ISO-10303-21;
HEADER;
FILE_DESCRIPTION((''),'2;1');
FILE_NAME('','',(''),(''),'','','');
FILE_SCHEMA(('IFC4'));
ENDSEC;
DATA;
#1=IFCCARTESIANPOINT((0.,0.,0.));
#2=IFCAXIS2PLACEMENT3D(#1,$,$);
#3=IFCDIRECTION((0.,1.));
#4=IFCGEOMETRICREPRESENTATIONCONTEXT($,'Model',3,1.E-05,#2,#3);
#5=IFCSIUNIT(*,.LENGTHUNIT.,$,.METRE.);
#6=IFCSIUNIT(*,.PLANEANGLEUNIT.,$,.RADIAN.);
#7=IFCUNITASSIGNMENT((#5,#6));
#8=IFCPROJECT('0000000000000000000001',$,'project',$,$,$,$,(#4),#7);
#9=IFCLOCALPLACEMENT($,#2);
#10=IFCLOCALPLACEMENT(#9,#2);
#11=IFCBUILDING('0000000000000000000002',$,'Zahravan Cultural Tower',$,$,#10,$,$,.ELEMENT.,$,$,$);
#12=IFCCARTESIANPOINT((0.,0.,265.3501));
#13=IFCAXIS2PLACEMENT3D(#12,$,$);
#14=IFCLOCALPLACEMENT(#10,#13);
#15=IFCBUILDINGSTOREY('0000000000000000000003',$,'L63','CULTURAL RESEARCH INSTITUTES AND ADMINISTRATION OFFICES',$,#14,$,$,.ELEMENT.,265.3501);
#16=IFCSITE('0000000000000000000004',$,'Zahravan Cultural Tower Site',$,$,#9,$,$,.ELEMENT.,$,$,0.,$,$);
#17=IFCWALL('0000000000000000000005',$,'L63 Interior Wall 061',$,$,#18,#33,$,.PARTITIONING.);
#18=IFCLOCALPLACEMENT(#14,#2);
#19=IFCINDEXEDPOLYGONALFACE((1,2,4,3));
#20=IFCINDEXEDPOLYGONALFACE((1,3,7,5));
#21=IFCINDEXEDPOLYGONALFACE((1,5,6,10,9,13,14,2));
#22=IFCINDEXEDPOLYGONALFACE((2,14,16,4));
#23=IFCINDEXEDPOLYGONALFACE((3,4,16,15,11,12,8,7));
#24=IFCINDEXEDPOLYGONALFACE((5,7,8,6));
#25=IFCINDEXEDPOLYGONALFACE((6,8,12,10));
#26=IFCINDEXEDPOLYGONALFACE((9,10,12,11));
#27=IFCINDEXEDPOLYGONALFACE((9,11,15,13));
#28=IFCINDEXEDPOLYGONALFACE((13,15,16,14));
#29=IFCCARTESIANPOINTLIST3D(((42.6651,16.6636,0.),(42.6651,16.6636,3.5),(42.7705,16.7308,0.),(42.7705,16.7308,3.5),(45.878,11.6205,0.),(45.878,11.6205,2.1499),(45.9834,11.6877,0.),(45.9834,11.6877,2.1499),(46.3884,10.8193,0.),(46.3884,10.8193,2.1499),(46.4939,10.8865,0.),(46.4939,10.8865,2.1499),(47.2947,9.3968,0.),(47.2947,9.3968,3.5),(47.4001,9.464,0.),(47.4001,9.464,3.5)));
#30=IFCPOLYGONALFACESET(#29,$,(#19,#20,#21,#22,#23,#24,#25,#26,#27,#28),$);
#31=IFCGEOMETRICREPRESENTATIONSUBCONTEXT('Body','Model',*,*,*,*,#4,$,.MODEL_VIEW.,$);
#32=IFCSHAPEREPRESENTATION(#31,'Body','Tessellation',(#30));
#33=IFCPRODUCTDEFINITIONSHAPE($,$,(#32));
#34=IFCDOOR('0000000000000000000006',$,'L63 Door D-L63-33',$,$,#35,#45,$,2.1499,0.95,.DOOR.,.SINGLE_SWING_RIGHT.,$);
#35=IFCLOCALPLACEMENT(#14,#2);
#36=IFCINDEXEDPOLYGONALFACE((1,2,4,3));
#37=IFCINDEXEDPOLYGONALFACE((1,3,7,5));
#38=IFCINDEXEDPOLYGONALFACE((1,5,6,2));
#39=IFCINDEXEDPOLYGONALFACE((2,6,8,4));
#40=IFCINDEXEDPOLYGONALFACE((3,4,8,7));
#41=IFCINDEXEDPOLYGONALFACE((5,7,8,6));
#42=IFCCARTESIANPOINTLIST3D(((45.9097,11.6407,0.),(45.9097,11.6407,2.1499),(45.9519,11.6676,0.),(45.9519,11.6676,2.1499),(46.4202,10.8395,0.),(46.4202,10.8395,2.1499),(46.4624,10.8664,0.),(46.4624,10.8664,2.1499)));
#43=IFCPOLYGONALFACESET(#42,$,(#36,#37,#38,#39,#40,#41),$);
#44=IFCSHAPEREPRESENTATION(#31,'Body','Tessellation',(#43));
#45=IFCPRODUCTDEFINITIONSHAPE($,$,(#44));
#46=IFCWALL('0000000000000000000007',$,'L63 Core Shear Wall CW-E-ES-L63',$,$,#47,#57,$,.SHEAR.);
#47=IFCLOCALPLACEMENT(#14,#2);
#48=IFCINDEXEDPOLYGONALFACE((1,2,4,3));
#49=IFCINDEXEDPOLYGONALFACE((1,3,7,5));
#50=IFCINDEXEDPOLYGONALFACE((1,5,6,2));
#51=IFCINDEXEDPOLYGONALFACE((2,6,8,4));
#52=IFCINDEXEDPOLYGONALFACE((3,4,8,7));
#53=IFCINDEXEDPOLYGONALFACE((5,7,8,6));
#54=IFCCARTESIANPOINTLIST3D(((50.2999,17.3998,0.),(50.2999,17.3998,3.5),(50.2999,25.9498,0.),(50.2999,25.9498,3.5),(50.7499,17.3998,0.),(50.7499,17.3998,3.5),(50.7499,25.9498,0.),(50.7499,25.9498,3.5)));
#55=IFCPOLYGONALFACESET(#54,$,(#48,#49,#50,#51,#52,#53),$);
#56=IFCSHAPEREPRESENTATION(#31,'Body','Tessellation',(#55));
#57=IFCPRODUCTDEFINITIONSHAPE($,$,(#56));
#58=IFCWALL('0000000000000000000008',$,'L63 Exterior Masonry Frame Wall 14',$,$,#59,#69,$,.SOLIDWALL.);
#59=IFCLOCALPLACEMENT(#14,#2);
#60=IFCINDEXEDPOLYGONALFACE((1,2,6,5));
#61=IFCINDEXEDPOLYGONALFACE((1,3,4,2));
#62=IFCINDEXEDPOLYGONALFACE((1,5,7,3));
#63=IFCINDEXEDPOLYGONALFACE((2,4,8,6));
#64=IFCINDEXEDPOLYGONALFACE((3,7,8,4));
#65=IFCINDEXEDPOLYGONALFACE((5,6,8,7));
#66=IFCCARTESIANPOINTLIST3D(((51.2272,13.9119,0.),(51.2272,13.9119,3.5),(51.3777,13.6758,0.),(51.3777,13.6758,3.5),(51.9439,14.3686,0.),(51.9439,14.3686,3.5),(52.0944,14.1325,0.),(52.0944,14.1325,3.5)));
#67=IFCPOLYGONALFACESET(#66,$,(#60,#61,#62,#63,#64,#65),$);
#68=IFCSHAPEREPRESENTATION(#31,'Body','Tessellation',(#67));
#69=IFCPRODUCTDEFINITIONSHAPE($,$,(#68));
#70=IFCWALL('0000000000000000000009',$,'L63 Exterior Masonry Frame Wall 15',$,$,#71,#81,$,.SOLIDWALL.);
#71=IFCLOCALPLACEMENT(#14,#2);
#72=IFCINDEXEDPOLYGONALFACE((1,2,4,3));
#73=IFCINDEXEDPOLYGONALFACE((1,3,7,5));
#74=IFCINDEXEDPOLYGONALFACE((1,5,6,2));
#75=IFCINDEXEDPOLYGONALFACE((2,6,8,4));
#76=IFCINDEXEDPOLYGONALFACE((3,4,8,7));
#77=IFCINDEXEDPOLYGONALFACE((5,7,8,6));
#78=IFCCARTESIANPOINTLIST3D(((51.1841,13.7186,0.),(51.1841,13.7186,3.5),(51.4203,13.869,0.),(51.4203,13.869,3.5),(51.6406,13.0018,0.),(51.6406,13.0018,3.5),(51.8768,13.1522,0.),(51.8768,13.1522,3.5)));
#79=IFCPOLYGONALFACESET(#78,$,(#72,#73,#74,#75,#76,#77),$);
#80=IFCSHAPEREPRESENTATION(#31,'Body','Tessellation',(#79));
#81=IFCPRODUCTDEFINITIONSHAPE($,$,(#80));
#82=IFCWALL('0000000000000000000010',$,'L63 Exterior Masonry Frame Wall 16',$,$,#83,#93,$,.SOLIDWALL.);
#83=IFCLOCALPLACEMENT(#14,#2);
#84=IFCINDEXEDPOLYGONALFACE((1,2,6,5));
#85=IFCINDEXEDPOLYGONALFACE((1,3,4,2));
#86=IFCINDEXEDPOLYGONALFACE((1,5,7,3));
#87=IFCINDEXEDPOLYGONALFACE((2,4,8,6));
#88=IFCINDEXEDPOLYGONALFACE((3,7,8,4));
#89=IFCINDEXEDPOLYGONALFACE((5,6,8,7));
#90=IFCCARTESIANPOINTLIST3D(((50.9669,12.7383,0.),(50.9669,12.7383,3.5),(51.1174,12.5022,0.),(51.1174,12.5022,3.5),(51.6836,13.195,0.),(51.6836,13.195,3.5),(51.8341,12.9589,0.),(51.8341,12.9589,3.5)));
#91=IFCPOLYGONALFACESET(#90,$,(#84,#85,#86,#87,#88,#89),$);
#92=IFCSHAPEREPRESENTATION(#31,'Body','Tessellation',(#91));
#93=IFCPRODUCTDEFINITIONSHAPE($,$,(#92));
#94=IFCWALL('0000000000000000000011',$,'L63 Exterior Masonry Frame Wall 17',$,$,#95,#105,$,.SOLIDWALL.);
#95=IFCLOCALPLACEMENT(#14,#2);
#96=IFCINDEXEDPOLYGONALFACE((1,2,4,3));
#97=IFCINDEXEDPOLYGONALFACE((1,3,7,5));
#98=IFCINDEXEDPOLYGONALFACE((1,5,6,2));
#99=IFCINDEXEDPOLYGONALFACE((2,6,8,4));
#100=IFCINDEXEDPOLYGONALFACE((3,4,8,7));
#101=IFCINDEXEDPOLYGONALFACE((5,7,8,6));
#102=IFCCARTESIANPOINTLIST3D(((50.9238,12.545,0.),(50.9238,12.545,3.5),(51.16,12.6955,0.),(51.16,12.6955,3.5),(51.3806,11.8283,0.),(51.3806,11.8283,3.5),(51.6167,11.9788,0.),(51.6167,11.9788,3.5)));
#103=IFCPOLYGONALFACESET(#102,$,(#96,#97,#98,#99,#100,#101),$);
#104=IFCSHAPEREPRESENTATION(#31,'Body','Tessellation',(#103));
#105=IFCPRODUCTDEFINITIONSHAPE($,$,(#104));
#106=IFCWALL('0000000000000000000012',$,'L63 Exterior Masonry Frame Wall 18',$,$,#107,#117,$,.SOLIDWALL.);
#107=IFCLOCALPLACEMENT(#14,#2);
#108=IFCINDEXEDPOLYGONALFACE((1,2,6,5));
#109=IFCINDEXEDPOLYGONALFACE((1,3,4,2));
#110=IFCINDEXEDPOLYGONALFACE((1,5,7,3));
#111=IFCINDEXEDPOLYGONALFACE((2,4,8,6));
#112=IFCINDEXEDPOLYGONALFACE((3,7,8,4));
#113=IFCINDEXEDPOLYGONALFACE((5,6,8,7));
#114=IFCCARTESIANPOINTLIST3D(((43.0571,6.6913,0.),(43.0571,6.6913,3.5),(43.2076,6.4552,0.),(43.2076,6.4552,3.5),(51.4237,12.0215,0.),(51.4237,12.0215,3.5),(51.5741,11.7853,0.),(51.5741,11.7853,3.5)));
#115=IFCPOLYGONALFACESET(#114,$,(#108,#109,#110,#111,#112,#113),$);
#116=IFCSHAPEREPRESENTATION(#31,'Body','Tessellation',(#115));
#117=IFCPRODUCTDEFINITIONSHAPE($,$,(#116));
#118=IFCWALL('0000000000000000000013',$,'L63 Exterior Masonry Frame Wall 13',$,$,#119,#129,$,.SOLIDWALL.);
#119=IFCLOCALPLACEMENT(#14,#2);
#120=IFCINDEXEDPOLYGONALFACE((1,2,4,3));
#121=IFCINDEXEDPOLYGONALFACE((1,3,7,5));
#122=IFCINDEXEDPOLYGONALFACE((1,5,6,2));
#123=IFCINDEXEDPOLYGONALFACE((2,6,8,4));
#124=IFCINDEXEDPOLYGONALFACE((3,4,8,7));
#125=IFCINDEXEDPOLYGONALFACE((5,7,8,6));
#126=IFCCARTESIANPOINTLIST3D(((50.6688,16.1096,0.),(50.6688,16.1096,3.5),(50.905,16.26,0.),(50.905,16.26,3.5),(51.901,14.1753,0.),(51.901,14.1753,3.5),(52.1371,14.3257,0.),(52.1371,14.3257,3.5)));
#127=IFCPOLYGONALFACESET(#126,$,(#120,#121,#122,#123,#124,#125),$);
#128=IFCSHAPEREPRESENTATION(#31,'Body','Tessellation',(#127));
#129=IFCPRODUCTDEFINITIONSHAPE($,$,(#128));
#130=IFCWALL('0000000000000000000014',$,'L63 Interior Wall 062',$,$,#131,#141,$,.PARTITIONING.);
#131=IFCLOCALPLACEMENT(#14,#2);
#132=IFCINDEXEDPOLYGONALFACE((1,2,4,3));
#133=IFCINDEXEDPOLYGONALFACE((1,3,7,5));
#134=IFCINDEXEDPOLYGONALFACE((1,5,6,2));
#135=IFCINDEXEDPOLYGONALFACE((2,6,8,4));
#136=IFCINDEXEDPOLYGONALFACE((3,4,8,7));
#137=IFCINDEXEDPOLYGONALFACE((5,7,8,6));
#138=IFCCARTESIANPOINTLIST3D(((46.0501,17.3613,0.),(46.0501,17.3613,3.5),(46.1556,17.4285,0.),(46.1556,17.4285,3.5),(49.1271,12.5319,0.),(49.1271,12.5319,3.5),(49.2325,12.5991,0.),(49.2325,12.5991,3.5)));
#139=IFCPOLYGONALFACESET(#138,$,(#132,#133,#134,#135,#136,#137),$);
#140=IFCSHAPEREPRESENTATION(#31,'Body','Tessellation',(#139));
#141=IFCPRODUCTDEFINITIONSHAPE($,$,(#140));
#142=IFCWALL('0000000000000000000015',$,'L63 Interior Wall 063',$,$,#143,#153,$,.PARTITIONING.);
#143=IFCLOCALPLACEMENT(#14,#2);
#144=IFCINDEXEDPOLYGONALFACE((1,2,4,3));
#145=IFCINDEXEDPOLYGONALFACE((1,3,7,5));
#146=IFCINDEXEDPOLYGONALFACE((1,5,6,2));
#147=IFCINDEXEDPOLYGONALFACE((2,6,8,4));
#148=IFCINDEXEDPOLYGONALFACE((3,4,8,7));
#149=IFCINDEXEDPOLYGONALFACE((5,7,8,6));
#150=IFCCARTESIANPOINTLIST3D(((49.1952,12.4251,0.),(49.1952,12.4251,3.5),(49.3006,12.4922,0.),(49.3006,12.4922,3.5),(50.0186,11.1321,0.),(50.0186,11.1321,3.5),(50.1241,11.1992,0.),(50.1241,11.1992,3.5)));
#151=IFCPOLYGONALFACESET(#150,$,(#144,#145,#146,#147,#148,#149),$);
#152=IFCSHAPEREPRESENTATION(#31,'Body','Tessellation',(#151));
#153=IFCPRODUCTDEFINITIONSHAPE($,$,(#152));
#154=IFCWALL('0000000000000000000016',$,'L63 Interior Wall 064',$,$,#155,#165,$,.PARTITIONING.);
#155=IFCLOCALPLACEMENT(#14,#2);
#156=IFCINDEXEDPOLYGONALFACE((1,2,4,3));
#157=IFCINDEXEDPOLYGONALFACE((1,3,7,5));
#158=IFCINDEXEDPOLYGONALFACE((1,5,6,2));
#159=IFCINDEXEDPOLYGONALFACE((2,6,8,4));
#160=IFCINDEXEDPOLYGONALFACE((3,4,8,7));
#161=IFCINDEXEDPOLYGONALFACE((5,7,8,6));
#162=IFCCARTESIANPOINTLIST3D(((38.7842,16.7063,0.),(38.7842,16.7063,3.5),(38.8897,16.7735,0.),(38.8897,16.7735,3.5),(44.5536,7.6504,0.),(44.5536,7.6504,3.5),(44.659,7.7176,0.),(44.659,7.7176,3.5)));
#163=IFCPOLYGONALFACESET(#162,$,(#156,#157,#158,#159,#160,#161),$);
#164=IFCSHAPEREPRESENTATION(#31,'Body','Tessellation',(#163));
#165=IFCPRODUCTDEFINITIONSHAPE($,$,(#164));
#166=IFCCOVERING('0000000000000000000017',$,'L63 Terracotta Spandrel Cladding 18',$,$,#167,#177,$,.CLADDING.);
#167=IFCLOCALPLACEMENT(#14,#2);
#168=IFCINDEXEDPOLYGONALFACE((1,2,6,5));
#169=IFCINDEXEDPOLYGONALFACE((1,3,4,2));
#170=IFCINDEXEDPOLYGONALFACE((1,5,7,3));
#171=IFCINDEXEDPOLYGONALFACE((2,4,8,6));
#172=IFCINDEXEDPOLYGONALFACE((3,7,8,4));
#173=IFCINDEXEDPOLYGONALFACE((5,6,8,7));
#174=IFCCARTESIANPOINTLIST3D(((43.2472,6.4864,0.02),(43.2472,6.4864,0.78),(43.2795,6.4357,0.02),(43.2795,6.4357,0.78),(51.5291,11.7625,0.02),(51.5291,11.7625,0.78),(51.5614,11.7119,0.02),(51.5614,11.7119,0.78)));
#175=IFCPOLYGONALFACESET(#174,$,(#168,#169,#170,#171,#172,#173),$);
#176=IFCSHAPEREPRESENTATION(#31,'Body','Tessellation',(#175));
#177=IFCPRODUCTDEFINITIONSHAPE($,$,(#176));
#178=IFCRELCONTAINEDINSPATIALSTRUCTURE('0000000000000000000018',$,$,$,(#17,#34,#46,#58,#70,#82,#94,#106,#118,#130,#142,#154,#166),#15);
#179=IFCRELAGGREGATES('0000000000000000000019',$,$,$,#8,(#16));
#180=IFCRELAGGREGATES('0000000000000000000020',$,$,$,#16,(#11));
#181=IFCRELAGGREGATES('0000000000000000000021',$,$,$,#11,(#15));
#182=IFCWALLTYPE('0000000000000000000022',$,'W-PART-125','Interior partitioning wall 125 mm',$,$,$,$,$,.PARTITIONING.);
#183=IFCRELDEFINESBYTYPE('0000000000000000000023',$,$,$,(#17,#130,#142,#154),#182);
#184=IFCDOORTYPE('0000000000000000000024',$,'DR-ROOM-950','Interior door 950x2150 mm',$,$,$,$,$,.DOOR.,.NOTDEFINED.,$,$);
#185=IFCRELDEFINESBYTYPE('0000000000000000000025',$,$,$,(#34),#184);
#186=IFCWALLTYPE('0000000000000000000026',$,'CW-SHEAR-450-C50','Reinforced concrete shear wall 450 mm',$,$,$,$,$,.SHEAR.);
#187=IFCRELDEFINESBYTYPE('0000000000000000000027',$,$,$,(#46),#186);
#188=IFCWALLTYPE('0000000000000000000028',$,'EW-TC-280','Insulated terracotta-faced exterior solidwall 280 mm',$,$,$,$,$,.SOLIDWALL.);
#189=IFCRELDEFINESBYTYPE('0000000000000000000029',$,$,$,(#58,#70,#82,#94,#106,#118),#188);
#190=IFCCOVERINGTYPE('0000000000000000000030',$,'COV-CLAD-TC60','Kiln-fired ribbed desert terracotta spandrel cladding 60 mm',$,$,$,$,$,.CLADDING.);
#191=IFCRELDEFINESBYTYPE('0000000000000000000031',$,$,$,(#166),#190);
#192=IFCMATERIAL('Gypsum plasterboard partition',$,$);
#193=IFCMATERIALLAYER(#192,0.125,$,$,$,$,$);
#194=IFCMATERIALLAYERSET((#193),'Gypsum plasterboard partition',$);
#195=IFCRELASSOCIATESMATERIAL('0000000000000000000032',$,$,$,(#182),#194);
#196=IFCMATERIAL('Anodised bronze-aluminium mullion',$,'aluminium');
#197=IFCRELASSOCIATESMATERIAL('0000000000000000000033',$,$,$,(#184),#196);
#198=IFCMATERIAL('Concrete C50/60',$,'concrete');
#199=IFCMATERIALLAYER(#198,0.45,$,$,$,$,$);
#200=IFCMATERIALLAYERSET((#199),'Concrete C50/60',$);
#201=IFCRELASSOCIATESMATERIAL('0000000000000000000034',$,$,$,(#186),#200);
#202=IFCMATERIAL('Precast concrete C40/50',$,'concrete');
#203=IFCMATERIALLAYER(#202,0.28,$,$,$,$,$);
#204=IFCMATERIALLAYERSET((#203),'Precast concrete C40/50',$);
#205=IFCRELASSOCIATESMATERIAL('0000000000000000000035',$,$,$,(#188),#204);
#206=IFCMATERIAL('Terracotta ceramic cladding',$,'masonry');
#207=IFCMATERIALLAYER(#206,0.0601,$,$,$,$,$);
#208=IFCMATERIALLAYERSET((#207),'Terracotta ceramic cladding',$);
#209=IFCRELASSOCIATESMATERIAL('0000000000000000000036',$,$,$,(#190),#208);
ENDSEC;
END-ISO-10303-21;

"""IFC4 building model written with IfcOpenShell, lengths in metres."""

from ifc_helpers import new_model, si_unit, direction, frame, frame_2d, origin, origin_2d, place, context, subcontext, project, spatial, rectangle, extrude, source, transform, mapped, material, layer, layer_set, type_object, element, fill, save


model = new_model("IFC4")

# Units and contexts
model_context = context("Model", 3, precision=1e-05, world=origin(), true_north=direction((0.0, 1.0)))
body_context = subcontext(model_context, "Body", "Model", "MODEL_VIEW")
ifc_project = project(units=[si_unit("LENGTHUNIT", "METRE"), si_unit("PLANEANGLEUNIT", "RADIAN")], contexts=[model_context])

# Site, building, storey
site_placement = place(None, origin())
site = spatial("IfcSite", under=ifc_project, at=site_placement, Name="Zahravan Cultural Tower Site", CompositionType="ELEMENT", RefElevation=0.0)
building_placement = place(site_placement, origin())
building = spatial("IfcBuilding", under=site, at=building_placement, Name="Zahravan Cultural Tower", CompositionType="ELEMENT")
storey_placement = place(building_placement, frame((0.0, 0.0, 265.3501)))
storey = spatial("IfcBuildingStorey", under=building, at=storey_placement, Name="L63", Description="CULTURAL RESEARCH INSTITUTES AND ADMINISTRATION OFFICES", CompositionType="ELEMENT", Elevation=265.3501)

# Shared definitions
ifc_material_1 = material(Name="Concrete C50/60", Category="concrete")

# Wall, opening, door
ifc_material_2 = material(Name="Gypsum plasterboard partition")
ifc_layer_1 = layer(ifc_material_2, 0.125)
ifc_layer_set_1 = layer_set([ifc_layer_1], Name="Gypsum plasterboard partition")
wall_type_1 = type_object("IfcWallType", Name="W-PART-125", Description="Interior partitioning wall 125 mm", PredefinedType="PARTITIONING", material=ifc_layer_set_1)
wall_1_placement = place(storey_placement, frame((47.3474, 9.4304, 0.0), z_axis=(0.0, 0.0, 1.0), x_axis=(-0.537312, 0.843384, 0.0)))
wall_1 = element("IfcWall", 1, at=wall_1_placement, inside=storey, type_object=wall_type_1, Name="L63 Interior Wall 061", PredefinedType="PARTITIONING", context=body_context, shape_type="SweptSolid", body=[
    extrude(rectangle(XDim=8.6162, YDim=0.125, at=frame_2d((4.3081, 0.0))), origin(), (0.0, 0.0, 1.0), 3.5),
])
opening_placement = place(wall_1_placement, frame((1.6865, 0.0, 0.0)))
opening = element("IfcOpeningElement", 2, at=opening_placement, cuts=wall_1, PredefinedType="OPENING", context=body_context, shape_type="SweptSolid", body=[
    extrude(rectangle(XDim=0.95, YDim=2.1499, at=frame_2d((0.4751, 1.075))), frame((0.0, 0.0725, 0.0), z_axis=(0.0, -1.0, 0.0), x_axis=(1.0, 0.0, 0.0)), (0.0, 0.0, 1.0), 0.145),
])
ifc_material_3 = material(Name="Anodised bronze-aluminium mullion", Category="aluminium")
door_type = type_object("IfcDoorType", Name="DR-ROOM-950", Description="Interior door 950x2150 mm", OperationType="NOTDEFINED", PredefinedType="DOOR", material=ifc_material_3)
shared_shape_1 = source(origin(), body_context, "Body", "SweptSolid", [
    extrude(rectangle(XDim=0.95, YDim=2.1499, at=frame_2d((0.4751, 1.075))), frame((0.0, 0.0249, 0.0), z_axis=(0.0, -1.0, 0.0), x_axis=(1.0, 0.0, 0.0)), (0.0, 0.0, 1.0), 0.05),
])
door_placement = place(opening_placement, origin())
door = element("IfcDoor", 3, at=door_placement, inside=storey, type_object=door_type, Name="L63 Door D-L63-33", OperationType="SINGLE_SWING_RIGHT", OverallHeight=2.1499, OverallWidth=0.95, PredefinedType="DOOR", context=body_context, shape_type="MappedRepresentation", body=[
    mapped(shared_shape_1, transform((0.0, 0.0, 0.0), x_axis=(1.0, 0.0, 0.0), y_axis=(0.0, 1.0, 0.0), z_axis=(0.0, 0.0, 1.0), scale=1.0)),
])
fill(opening, door)

# Walls
ifc_layer_2 = layer(ifc_material_1, 0.45)
ifc_layer_set_2 = layer_set([ifc_layer_2], Name="Concrete C50/60")
wall_type_2 = type_object("IfcWallType", Name="CW-SHEAR-450-C50", Description="Reinforced concrete shear wall 450 mm", PredefinedType="SHEAR", material=ifc_layer_set_2)
shared_shape_2 = source(origin(), body_context, "Body", "SweptSolid", [
    extrude(rectangle(XDim=8.55, YDim=0.45, at=frame_2d((4.2749, 0.0))), origin(), (0.0, 0.0, 1.0), 3.5),
])
wall_2_placement = place(storey_placement, frame((50.5249, 17.3999, 0.0), z_axis=(0.0, 0.0, 1.0), x_axis=(0.0, 1.0, 0.0)))
element("IfcWall", 4, at=wall_2_placement, inside=storey, type_object=wall_type_2, Name="L63 Core Shear Wall CW-E-ES-L63", PredefinedType="SHEAR", context=body_context, shape_type="MappedRepresentation", body=[
    mapped(shared_shape_2, transform((0.0, 0.0, 0.0), x_axis=(1.0, 0.0, 0.0), y_axis=(0.0, 1.0, 0.0), z_axis=(0.0, 0.0, 1.0), scale=1.0)),
])
ifc_material_4 = material(Name="Precast concrete C40/50", Category="concrete")
ifc_layer_3 = layer(ifc_material_4, 0.28)
ifc_layer_set_3 = layer_set([ifc_layer_3], Name="Precast concrete C40/50")
wall_type_3 = type_object("IfcWallType", Name="EW-TC-280", Description="Insulated terracotta-faced exterior solidwall 280 mm", PredefinedType="SOLIDWALL", material=ifc_layer_set_3)
shared_shape_3 = source(origin(), body_context, "Body", "SweptSolid", [
    extrude(rectangle(XDim=0.8499, YDim=0.28, at=frame_2d((0.4248, 0.0))), origin(), (0.0, 0.0, 1.0), 3.5),
])
for number, where, z_axis, x_axis, name in (
    (5, (52.019, 14.2505, 0.0), (0.0, 0.0, 1.0), (-0.843318, -0.537414, 0.0), "L63 Exterior Masonry Frame Wall 14"),
    (6, (51.3022, 13.7937, 0.0), (0.0, 0.0, 1.0), (0.53721, -0.843448, 0.0), "L63 Exterior Masonry Frame Wall 15"),
    (7, (51.7588, 13.0769, 0.0), (0.0, 0.0, 1.0), (-0.843318, -0.537414, 0.0), "L63 Exterior Masonry Frame Wall 16"),
    (8, (51.042, 12.6201, 0.0), (0.0, 0.0, 1.0), (0.537414, -0.843318, 0.0), "L63 Exterior Masonry Frame Wall 17"),
):
    element("IfcWall", number, at=place(storey_placement, frame(where, z_axis=z_axis, x_axis=x_axis)), inside=storey, type_object=wall_type_3, Name=name, PredefinedType="SOLIDWALL", context=body_context, shape_type="MappedRepresentation", body=[
        mapped(shared_shape_3, transform((0.0, 0.0, 0.0), x_axis=(1.0, 0.0, 0.0), y_axis=(0.0, 1.0, 0.0), z_axis=(0.0, 0.0, 1.0), scale=1.0)),
    ])
shared_shape_4 = source(origin(), body_context, "Body", "SweptSolid", [
    extrude(rectangle(XDim=9.9202, YDim=0.28, at=frame_2d((4.96, 0.0))), origin(), (0.0, 0.0, 1.0), 3.5),
])
wall_3_placement = place(storey_placement, frame((51.4988, 11.9033, 0.0), z_axis=(0.0, 0.0, 1.0), x_axis=(-0.843389, -0.537304, 0.0)))
element("IfcWall", 9, at=wall_3_placement, inside=storey, type_object=wall_type_3, Name="L63 Exterior Masonry Frame Wall 18", PredefinedType="SOLIDWALL", context=body_context, shape_type="MappedRepresentation", body=[
    mapped(shared_shape_4, transform((0.0, 0.0, 0.0), x_axis=(1.0, 0.0, 0.0), y_axis=(0.0, 1.0, 0.0), z_axis=(0.0, 0.0, 1.0), scale=1.0)),
])
shared_shape_5 = source(origin(), body_context, "Body", "SweptSolid", [
    extrude(rectangle(XDim=2.2935, YDim=0.28, at=frame_2d((1.1467, 0.0))), origin(), (0.0, 0.0, 1.0), 3.5),
])
wall_4_placement = place(storey_placement, frame((50.7869, 16.1848, 0.0), z_axis=(0.0, 0.0, 1.0), x_axis=(0.537261, -0.843416, 0.0)))
element("IfcWall", 10, at=wall_4_placement, inside=storey, type_object=wall_type_3, Name="L63 Exterior Masonry Frame Wall 13", PredefinedType="SOLIDWALL", context=body_context, shape_type="MappedRepresentation", body=[
    mapped(shared_shape_5, transform((0.0, 0.0, 0.0), x_axis=(1.0, 0.0, 0.0), y_axis=(0.0, 1.0, 0.0), z_axis=(0.0, 0.0, 1.0), scale=1.0)),
])
shared_shape_6 = source(origin(), body_context, "Body", "SweptSolid", [
    extrude(rectangle(XDim=5.7263, YDim=0.125, at=frame_2d((2.8633, 0.0))), origin(), (0.0, 0.0, 1.0), 3.5),
])
wall_5_placement = place(storey_placement, frame((46.1028, 17.395, 0.0), z_axis=(0.0, 0.0, 1.0), x_axis=(0.537333, -0.84337, 0.0)))
element("IfcWall", 11, at=wall_5_placement, inside=storey, type_object=wall_type_1, Name="L63 Interior Wall 062", PredefinedType="PARTITIONING", context=body_context, shape_type="MappedRepresentation", body=[
    mapped(shared_shape_6, transform((0.0, 0.0, 0.0), x_axis=(1.0, 0.0, 0.0), y_axis=(0.0, 1.0, 0.0), z_axis=(0.0, 0.0, 1.0), scale=1.0)),
])
shared_shape_7 = source(origin(), body_context, "Body", "SweptSolid", [
    extrude(rectangle(XDim=1.533, YDim=0.125, at=frame_2d((0.7666, 0.0))), origin(), (0.0, 0.0, 1.0), 3.5),
])
wall_6_placement = place(storey_placement, frame((49.2478, 12.4587, 0.0), z_axis=(0.0, 0.0, 1.0), x_axis=(0.537195, -0.843458, 0.0)))
element("IfcWall", 12, at=wall_6_placement, inside=storey, type_object=wall_type_1, Name="L63 Interior Wall 063", PredefinedType="PARTITIONING", context=body_context, shape_type="MappedRepresentation", body=[
    mapped(shared_shape_7, transform((0.0, 0.0, 0.0), x_axis=(1.0, 0.0, 0.0), y_axis=(0.0, 1.0, 0.0), z_axis=(0.0, 0.0, 1.0), scale=1.0)),
])
shared_shape_8 = source(origin(), body_context, "Body", "SweptSolid", [
    extrude(rectangle(XDim=10.7375, YDim=0.125, at=frame_2d((5.3687, 0.0))), origin(), (0.0, 0.0, 1.0), 3.5),
])
wall_7_placement = place(storey_placement, frame((44.6062, 7.6841, 0.0), z_axis=(0.0, 0.0, 1.0), x_axis=(-0.537302, 0.84339, 0.0)))
element("IfcWall", 13, at=wall_7_placement, inside=storey, type_object=wall_type_1, Name="L63 Interior Wall 064", PredefinedType="PARTITIONING", context=body_context, shape_type="MappedRepresentation", body=[
    mapped(shared_shape_8, transform((0.0, 0.0, 0.0), x_axis=(1.0, 0.0, 0.0), y_axis=(0.0, 1.0, 0.0), z_axis=(0.0, 0.0, 1.0), scale=1.0)),
])

# Covering
ifc_material_5 = material(Name="Terracotta ceramic cladding", Category="masonry")
ifc_layer_4 = layer(ifc_material_5, 0.0601)
ifc_layer_set_4 = layer_set([ifc_layer_4], Name="Terracotta ceramic cladding")
covering_type = type_object("IfcCoveringType", Name="COV-CLAD-TC60", Description="Kiln-fired ribbed desert terracotta spandrel cladding 60 mm", PredefinedType="CLADDING", material=ifc_layer_set_4)
shared_shape_9 = source(origin(), body_context, "Body", "SweptSolid", [
    extrude(rectangle(XDim=9.8198, YDim=0.0601, at=origin_2d()), origin(), (0.0, 0.0, 1.0), 0.76),
])
covering_1_placement = place(storey_placement, frame((47.4043, 9.0991, 0.02), z_axis=(0.0, 0.0, 1.0), x_axis=(-0.843391, -0.5373, 0.0)))
element("IfcCovering", 14, at=covering_1_placement, inside=storey, type_object=covering_type, Name="L63 Terracotta Spandrel Cladding 18", PredefinedType="CLADDING", context=body_context, shape_type="MappedRepresentation", body=[
    mapped(shared_shape_9, transform((0.0, 0.0, 0.0), x_axis=(1.0, 0.0, 0.0), y_axis=(0.0, 1.0, 0.0), z_axis=(0.0, 0.0, 1.0), scale=1.0)),
])

save(model, "model.ifc")
